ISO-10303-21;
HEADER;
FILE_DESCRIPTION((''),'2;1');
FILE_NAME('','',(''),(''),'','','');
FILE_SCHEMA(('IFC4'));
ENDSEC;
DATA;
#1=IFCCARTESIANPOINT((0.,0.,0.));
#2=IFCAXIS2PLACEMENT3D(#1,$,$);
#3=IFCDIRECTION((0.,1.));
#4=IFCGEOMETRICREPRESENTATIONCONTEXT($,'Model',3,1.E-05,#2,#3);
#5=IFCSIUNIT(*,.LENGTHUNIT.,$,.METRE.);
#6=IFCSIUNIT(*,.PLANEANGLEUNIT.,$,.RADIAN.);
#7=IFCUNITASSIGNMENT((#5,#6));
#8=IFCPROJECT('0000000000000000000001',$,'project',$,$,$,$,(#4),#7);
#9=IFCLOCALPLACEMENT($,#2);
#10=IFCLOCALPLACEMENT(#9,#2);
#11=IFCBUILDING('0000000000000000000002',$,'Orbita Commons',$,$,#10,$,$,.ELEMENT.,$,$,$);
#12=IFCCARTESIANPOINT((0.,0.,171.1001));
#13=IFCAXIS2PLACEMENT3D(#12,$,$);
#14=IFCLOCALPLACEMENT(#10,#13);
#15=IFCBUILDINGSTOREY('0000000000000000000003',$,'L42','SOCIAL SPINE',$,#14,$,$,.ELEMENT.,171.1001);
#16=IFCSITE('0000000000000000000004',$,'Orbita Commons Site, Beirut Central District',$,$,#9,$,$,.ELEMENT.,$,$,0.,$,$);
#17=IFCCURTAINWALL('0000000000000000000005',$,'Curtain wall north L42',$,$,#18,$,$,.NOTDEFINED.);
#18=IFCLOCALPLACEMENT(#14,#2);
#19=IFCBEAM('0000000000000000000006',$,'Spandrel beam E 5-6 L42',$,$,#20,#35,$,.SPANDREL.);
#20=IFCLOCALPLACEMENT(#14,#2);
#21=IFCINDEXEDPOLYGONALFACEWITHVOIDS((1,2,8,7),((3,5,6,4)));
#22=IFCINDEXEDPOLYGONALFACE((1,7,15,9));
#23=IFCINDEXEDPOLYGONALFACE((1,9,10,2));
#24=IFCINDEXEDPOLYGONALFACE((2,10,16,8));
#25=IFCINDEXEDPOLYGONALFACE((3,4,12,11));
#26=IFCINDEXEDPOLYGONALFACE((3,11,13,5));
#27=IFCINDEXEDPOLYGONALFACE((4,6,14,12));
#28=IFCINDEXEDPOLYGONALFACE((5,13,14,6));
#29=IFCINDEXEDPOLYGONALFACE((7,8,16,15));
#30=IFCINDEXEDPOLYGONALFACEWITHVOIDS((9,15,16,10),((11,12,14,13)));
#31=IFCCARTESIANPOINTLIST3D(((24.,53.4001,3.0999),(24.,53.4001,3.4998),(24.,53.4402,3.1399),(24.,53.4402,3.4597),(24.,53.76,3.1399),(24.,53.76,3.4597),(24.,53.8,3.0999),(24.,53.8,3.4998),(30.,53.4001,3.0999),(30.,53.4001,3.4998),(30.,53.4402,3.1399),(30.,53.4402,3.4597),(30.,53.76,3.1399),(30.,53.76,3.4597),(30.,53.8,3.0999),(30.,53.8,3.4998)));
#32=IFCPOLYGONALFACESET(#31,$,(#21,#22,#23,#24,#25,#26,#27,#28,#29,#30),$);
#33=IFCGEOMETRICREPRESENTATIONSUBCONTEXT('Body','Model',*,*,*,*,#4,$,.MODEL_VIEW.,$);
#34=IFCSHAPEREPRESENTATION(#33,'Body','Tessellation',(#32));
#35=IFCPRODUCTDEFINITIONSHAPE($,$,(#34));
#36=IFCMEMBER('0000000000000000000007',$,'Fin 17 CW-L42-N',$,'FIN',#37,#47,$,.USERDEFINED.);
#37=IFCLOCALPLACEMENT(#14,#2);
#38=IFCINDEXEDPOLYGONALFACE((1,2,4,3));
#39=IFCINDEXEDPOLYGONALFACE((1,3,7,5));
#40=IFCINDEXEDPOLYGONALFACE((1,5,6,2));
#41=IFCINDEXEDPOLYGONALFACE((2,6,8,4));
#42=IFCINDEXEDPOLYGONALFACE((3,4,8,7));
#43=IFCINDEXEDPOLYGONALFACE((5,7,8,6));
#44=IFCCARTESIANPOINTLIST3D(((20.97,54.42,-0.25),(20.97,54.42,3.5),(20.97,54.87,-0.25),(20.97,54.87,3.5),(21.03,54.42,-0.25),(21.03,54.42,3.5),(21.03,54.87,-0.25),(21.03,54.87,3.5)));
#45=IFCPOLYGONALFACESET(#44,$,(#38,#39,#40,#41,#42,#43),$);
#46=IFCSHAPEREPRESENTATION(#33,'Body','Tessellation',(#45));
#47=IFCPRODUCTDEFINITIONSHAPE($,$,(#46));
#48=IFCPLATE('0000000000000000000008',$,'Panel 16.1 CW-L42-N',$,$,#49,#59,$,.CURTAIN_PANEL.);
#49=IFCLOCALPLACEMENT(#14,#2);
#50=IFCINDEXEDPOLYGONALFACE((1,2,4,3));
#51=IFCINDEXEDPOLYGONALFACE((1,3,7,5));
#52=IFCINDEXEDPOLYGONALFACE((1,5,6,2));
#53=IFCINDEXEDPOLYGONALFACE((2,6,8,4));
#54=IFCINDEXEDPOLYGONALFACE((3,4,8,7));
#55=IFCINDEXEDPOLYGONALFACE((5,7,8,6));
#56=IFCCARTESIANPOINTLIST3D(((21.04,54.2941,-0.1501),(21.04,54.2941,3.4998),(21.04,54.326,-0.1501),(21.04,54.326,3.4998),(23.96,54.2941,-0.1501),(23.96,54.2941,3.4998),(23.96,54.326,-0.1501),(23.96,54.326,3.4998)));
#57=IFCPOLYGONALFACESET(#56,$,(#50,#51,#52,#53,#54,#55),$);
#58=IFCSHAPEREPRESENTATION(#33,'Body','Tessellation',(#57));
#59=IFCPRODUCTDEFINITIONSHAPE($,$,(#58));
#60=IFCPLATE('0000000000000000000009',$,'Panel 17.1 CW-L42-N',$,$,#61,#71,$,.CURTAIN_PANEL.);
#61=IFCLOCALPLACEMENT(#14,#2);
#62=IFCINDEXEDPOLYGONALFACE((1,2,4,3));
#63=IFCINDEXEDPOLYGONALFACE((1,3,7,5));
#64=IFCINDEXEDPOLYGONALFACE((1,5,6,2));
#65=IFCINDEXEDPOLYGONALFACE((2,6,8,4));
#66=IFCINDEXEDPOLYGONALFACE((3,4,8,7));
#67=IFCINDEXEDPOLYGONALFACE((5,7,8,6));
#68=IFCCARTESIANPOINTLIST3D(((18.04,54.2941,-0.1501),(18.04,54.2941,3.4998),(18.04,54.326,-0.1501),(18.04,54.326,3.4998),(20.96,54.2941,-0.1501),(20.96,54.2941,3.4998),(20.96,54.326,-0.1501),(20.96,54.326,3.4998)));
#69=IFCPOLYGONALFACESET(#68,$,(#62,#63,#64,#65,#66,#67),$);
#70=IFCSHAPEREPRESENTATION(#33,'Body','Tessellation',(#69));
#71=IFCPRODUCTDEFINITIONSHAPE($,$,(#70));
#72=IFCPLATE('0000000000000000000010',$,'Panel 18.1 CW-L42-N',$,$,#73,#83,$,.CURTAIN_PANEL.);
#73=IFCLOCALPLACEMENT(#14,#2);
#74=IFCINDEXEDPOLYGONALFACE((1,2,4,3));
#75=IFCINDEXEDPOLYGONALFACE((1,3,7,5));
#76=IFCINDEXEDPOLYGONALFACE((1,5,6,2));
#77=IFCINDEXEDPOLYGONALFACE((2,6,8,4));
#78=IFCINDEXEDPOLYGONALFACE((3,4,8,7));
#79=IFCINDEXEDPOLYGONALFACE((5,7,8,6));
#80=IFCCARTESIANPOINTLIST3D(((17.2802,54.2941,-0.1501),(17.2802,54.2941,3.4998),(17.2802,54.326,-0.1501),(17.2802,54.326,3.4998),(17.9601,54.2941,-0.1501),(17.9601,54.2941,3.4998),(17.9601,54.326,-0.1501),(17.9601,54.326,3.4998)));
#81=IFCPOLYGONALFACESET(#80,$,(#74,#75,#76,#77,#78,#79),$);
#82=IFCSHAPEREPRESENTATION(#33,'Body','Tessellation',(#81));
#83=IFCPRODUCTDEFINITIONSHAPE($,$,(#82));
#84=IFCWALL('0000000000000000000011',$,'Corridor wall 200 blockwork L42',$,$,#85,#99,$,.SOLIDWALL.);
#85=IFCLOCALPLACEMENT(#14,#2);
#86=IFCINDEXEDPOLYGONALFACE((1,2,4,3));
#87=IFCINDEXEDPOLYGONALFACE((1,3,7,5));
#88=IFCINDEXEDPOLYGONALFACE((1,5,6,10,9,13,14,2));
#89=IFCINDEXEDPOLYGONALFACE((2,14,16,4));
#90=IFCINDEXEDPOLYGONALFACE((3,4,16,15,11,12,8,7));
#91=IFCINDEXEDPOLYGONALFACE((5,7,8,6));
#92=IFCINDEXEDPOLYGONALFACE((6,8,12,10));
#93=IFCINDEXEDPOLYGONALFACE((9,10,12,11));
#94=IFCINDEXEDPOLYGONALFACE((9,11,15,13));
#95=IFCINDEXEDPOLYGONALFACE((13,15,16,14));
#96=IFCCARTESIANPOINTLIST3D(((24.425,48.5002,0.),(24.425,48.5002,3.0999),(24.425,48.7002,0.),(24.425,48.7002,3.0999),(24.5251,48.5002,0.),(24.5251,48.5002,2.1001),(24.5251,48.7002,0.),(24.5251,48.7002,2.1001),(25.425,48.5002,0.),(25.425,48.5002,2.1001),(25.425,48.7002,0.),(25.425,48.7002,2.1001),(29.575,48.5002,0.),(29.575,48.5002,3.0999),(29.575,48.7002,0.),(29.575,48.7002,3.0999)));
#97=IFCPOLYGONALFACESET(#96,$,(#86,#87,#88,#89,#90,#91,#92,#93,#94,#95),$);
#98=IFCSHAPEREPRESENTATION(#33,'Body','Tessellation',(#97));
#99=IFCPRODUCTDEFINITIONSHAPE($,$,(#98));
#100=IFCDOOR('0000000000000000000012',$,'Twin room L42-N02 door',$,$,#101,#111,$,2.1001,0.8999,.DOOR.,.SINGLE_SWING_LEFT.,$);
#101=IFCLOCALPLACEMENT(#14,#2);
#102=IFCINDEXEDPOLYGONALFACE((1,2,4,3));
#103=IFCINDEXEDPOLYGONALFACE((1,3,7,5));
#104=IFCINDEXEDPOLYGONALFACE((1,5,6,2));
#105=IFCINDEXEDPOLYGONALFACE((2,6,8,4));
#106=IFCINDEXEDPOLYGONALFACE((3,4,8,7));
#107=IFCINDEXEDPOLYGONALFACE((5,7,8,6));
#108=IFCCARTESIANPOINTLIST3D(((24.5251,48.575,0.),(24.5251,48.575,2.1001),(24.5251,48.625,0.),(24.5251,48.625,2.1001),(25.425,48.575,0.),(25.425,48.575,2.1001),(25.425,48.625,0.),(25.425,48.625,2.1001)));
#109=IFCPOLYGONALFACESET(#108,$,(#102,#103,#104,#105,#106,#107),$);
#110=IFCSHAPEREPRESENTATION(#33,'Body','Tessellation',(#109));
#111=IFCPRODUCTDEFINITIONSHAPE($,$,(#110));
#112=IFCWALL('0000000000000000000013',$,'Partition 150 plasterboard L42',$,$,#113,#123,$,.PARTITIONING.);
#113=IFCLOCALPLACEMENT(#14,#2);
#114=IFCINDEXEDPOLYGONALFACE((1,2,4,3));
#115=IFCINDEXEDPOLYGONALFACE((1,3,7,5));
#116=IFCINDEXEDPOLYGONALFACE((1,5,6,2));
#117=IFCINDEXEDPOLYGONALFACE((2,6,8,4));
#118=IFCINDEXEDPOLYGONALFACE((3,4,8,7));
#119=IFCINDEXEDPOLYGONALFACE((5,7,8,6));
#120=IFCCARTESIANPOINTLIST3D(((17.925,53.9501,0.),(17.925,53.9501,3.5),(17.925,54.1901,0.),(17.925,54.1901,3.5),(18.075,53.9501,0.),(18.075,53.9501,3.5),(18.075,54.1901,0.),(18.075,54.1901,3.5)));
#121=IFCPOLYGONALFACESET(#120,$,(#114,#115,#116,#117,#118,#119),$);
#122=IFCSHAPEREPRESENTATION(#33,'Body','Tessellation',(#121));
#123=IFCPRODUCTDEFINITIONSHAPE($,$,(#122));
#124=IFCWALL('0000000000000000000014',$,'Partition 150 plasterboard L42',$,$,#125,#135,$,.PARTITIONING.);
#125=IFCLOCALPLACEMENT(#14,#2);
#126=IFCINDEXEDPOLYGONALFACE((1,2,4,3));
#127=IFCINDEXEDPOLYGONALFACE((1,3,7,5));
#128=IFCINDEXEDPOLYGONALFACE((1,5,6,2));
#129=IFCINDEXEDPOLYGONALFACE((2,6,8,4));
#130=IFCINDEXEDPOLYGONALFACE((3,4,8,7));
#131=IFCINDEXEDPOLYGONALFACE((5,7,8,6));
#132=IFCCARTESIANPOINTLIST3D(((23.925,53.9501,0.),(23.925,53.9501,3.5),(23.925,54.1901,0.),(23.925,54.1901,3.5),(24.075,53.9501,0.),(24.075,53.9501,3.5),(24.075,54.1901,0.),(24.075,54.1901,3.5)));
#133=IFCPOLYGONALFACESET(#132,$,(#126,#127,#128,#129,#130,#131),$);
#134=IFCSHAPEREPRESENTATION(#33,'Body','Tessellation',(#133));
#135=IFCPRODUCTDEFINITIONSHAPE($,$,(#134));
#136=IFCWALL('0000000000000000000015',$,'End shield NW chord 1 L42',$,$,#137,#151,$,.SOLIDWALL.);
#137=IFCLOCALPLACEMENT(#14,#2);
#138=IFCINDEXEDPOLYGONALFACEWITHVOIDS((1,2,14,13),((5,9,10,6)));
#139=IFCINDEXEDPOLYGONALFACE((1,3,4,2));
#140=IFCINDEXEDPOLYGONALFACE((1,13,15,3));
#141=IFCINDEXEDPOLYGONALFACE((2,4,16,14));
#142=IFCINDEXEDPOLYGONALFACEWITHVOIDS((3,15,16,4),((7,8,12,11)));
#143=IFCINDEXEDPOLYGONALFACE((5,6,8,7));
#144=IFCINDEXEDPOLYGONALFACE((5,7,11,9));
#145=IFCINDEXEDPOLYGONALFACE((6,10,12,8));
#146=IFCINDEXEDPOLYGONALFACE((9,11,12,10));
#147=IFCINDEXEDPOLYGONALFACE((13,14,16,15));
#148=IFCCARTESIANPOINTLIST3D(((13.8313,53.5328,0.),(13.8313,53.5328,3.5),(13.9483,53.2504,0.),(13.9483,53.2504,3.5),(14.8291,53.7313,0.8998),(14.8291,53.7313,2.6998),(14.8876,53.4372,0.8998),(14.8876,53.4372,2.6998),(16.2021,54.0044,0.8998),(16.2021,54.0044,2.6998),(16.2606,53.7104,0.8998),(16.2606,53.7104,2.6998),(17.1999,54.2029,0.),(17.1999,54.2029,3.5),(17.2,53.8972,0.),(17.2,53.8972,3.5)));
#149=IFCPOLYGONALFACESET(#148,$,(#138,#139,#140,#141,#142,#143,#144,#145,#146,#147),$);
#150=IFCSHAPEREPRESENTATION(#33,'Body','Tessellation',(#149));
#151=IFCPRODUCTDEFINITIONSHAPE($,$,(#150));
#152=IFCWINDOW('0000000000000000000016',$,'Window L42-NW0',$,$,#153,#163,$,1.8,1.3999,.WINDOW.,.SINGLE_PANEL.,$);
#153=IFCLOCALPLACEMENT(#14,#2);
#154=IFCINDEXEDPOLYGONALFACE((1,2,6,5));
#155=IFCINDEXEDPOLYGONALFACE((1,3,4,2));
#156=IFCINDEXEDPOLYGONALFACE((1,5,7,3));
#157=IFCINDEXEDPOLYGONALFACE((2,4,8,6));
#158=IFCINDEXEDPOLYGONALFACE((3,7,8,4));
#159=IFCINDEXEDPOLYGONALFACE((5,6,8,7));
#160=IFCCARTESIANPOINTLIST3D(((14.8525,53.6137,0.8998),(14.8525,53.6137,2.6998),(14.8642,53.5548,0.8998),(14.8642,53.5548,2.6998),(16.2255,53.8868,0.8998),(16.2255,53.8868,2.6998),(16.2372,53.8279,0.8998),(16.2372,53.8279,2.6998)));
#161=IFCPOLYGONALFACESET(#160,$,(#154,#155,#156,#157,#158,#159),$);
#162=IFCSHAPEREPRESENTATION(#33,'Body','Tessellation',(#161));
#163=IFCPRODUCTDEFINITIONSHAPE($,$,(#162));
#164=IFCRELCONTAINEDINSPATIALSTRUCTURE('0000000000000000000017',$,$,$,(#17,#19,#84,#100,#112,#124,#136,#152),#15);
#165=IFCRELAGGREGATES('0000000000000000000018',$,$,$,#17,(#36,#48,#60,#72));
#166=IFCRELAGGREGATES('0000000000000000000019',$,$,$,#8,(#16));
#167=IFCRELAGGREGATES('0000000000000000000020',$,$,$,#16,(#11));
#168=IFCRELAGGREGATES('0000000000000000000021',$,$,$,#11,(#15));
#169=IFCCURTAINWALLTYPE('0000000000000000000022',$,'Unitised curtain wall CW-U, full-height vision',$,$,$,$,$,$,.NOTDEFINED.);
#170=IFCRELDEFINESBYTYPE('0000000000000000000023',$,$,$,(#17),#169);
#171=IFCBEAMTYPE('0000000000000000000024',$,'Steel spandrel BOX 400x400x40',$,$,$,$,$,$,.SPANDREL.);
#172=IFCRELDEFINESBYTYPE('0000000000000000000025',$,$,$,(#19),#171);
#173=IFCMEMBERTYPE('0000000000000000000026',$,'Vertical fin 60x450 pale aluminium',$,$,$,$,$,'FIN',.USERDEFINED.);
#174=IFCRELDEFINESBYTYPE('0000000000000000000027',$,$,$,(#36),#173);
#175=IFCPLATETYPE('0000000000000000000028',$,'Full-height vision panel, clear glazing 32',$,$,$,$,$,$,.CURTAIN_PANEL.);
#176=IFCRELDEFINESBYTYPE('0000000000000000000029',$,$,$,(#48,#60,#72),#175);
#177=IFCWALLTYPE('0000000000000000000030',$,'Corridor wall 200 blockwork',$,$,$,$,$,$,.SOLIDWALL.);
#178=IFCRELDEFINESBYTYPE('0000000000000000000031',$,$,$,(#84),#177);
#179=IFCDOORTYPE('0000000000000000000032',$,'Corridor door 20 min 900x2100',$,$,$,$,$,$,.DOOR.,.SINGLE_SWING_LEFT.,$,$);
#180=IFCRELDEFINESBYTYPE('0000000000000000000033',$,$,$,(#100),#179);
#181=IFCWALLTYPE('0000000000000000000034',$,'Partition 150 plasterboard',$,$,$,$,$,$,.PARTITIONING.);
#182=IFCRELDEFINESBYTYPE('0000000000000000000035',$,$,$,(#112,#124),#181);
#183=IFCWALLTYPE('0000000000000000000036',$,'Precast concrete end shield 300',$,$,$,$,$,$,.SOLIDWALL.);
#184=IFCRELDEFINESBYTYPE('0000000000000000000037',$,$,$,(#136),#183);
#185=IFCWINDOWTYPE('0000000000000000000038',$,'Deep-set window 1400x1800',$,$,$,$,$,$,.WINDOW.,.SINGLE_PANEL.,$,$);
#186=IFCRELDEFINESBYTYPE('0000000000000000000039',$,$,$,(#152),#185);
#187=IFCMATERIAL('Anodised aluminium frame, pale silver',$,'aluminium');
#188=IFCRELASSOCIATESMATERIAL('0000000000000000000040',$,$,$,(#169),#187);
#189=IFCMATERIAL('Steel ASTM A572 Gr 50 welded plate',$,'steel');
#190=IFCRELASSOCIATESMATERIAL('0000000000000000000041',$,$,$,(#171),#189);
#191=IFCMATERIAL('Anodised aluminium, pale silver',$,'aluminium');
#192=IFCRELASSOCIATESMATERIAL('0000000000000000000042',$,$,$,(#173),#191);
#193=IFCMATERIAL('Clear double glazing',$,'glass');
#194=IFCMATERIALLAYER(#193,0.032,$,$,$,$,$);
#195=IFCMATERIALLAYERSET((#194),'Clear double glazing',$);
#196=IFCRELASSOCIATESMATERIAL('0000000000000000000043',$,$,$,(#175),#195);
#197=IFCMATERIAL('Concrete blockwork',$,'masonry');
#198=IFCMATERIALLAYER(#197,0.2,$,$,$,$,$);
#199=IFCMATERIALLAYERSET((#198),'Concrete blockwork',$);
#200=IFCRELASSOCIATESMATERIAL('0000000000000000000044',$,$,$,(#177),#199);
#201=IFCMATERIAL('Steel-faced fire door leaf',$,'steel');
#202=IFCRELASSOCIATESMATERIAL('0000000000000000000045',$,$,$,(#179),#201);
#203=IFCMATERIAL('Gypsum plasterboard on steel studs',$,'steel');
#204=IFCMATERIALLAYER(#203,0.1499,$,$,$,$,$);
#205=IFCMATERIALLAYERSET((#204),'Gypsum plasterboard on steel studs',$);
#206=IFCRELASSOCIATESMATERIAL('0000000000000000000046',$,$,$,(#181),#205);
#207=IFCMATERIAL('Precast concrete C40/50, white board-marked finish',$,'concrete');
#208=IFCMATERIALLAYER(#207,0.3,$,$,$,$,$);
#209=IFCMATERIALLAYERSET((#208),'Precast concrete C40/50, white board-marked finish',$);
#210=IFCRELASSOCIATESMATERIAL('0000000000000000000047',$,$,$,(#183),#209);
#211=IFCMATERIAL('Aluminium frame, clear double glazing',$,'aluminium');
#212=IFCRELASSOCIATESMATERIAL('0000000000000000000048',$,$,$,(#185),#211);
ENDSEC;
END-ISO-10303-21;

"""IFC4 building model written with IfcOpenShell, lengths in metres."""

from ifc_helpers import new_model, si_unit, direction, frame, frame_2d, origin, origin_2d, place, context, subcontext, project, spatial, polyline, rectangle, hollow_rectangle, outline, extrude, material, layer, layer_set, material_profile, profile_set, type_object, element, fill, aggregate, save


model = new_model("IFC4")

# Units and contexts
model_context = context("Model", 3, precision=1e-05, world=origin(), true_north=direction((0.0, 1.0)))
body_context = subcontext(model_context, "Body", "Model", "MODEL_VIEW")
ifc_project = project(units=[si_unit("LENGTHUNIT", "METRE"), si_unit("PLANEANGLEUNIT", "RADIAN")], contexts=[model_context])

# Site, building, storey
site_placement = place(None, origin())
site = spatial("IfcSite", under=ifc_project, at=site_placement, Name="Orbita Commons Site, Beirut Central District", CompositionType="ELEMENT", RefElevation=0.0)
building_placement = place(site_placement, origin())
building = spatial("IfcBuilding", under=site, at=building_placement, Name="Orbita Commons", CompositionType="ELEMENT")
storey_placement = place(building_placement, frame((0.0, 0.0, 171.1001)))
storey = spatial("IfcBuildingStorey", under=building, at=storey_placement, Name="L42", Description="SOCIAL SPINE", CompositionType="ELEMENT", Elevation=171.1001)

# Curtain wall
ifc_material_1 = material(Name="Anodised aluminium frame, pale silver", Category="aluminium")
curtain_wall_type = type_object("IfcCurtainWallType", Name="Unitised curtain wall CW-U, full-height vision", PredefinedType="NOTDEFINED", material=ifc_material_1)
curtain_wall_placement = place(storey_placement, origin())
curtain_wall = element("IfcCurtainWall", 1, at=curtain_wall_placement, inside=storey, type_object=curtain_wall_type, Name="Curtain wall north L42", PredefinedType="NOTDEFINED")

# Beam
ifc_material_2 = material(Name="Steel ASTM A572 Gr 50 welded plate", Category="steel")
ifc_material_profile_1 = material_profile(ifc_material_2, hollow_rectangle(XDim=0.3999, YDim=0.3999, WallThickness=0.04, at=origin_2d()), Name="BOX 400x400x40")
ifc_profile_set_1 = profile_set([ifc_material_profile_1], Name="Steel ASTM A572 Gr 50 welded plate")
beam_type_1 = type_object("IfcBeamType", Name="Steel spandrel BOX 400x400x40", PredefinedType="SPANDREL", material=ifc_profile_set_1)
for number, where, z_axis, x_axis, name in (
    (2, (24.0, 53.6001, 3.2998), (1.0, 0.0, 0.0), (0.0, 1.0, 0.0), "Spandrel beam E 5-6 L42"),
):
    element("IfcBeam", number, at=place(storey_placement, frame(where, z_axis=z_axis, x_axis=x_axis)), inside=storey, type_object=beam_type_1, Name=name, PredefinedType="SPANDREL", context=body_context, shape_type="SweptSolid", body=[
        extrude(hollow_rectangle(XDim=0.3999, YDim=0.3999, WallThickness=0.04, at=origin_2d()), origin(), (0.0, 0.0, 1.0), 6.0),
    ])

# Member
ifc_material_3 = material(Name="Anodised aluminium, pale silver", Category="aluminium")
ifc_material_profile_2 = material_profile(ifc_material_3, rectangle(XDim=0.0601, YDim=0.45, at=origin_2d()), Name="FIN 60x450")
ifc_profile_set_2 = profile_set([ifc_material_profile_2], Name="Anodised aluminium, pale silver")
member_type_1 = type_object("IfcMemberType", Name="Vertical fin 60x450 pale aluminium", ElementType="FIN", PredefinedType="USERDEFINED", material=ifc_profile_set_2)
member_1_placement = place(storey_placement, frame((21.0, 54.645, -0.25), z_axis=(0.0, 0.0, 1.0), x_axis=(-1.0, 0.0, 0.0)))
member_1 = element("IfcMember", 3, at=member_1_placement, type_object=member_type_1, Name="Fin 17 CW-L42-N", ObjectType="FIN", PredefinedType="USERDEFINED", context=body_context, shape_type="SweptSolid", body=[
    extrude(rectangle(XDim=0.0601, YDim=0.45, at=origin_2d()), origin(), (0.0, 0.0, 1.0), 3.75),
])

# Plates
ifc_material_4 = material(Name="Clear double glazing", Category="glass")
ifc_layer_1 = layer(ifc_material_4, 0.032)
ifc_layer_set_1 = layer_set([ifc_layer_1], Name="Clear double glazing")
plate_type = type_object("IfcPlateType", Name="Full-height vision panel, clear glazing 32", PredefinedType="CURTAIN_PANEL", material=ifc_layer_set_1)
plate_1_placement = place(storey_placement, frame((22.5, 54.3101, -0.1501), z_axis=(0.0, 0.0, 1.0), x_axis=(-1.0, 0.0, 0.0)))
plate_1 = element("IfcPlate", 4, at=plate_1_placement, type_object=plate_type, Name="Panel 16.1 CW-L42-N", PredefinedType="CURTAIN_PANEL", context=body_context, shape_type="SweptSolid", body=[
    extrude(rectangle(XDim=2.9199, YDim=0.032, at=origin_2d()), origin(), (0.0, 0.0, 1.0), 3.6499),
])
plate_2_placement = place(storey_placement, frame((19.5, 54.3101, -0.1501), z_axis=(0.0, 0.0, 1.0), x_axis=(-1.0, 0.0, 0.0)))
plate_2 = element("IfcPlate", 5, at=plate_2_placement, type_object=plate_type, Name="Panel 17.1 CW-L42-N", PredefinedType="CURTAIN_PANEL", context=body_context, shape_type="SweptSolid", body=[
    extrude(rectangle(XDim=2.9199, YDim=0.032, at=origin_2d()), origin(), (0.0, 0.0, 1.0), 3.6499),
])
plate_3_placement = place(storey_placement, frame((17.6201, 54.3101, -0.1501), z_axis=(0.0, 0.0, 1.0), x_axis=(-1.0, 0.0, 0.0)))
plate_3 = element("IfcPlate", 6, at=plate_3_placement, type_object=plate_type, Name="Panel 18.1 CW-L42-N", PredefinedType="CURTAIN_PANEL", context=body_context, shape_type="SweptSolid", body=[
    extrude(rectangle(XDim=0.6799, YDim=0.032, at=origin_2d()), origin(), (0.0, 0.0, 1.0), 3.6499),
])
aggregate(curtain_wall, [member_1, plate_1, plate_2, plate_3])

# Wall, opening, door
ifc_material_5 = material(Name="Concrete blockwork", Category="masonry")
ifc_layer_2 = layer(ifc_material_5, 0.2)
ifc_layer_set_2 = layer_set([ifc_layer_2], Name="Concrete blockwork")
wall_type_1 = type_object("IfcWallType", Name="Corridor wall 200 blockwork", PredefinedType="SOLIDWALL", material=ifc_layer_set_2)
wall_1_placement = place(storey_placement, frame((24.425, 48.6001, 0.0), z_axis=(0.0, 0.0, 1.0), x_axis=(1.0, 0.0, 0.0)))
wall_1 = element("IfcWall", 7, at=wall_1_placement, inside=storey, type_object=wall_type_1, Name="Corridor wall 200 blockwork L42", PredefinedType="SOLIDWALL", context=body_context, shape_type="SweptSolid", body=[
    extrude(outline(polyline([(0.0, 0.0), (5.1499, 0.0), (5.1499, 3.0999), (0.0, 3.0999), (0.0, 0.0)])), frame((0.0, 0.1001, 0.0), z_axis=(0.0, -1.0, 0.0), x_axis=(1.0, 0.0, 0.0)), (0.0, 0.0, 1.0), 0.2),
])
opening_1_placement = place(wall_1_placement, frame((0.1001, 0.0, 0.0)))
opening_1 = element("IfcOpeningElement", 8, at=opening_1_placement, cuts=wall_1, PredefinedType="OPENING", context=body_context, shape_type="SweptSolid", body=[
    extrude(rectangle(XDim=0.8999, YDim=2.1001, at=frame_2d((0.45, 1.05))), frame((0.0, 0.1099, 0.0), z_axis=(0.0, -1.0, 0.0), x_axis=(1.0, 0.0, 0.0)), (0.0, 0.0, 1.0), 0.22),
])
ifc_material_6 = material(Name="Steel-faced fire door leaf", Category="steel")
door_type = type_object("IfcDoorType", Name="Corridor door 20 min 900x2100", OperationType="SINGLE_SWING_LEFT", PredefinedType="DOOR", material=ifc_material_6)
door_placement = place(opening_1_placement, origin())
door = element("IfcDoor", 9, at=door_placement, inside=storey, type_object=door_type, Name="Twin room L42-N02 door", OperationType="SINGLE_SWING_LEFT", OverallHeight=2.1001, OverallWidth=0.8999, PredefinedType="DOOR", context=body_context, shape_type="SweptSolid", body=[
    extrude(rectangle(XDim=0.8999, YDim=2.1001, at=frame_2d((0.45, 1.05))), frame((0.0, 0.0249, 0.0), z_axis=(0.0, -1.0, 0.0), x_axis=(1.0, 0.0, 0.0)), (0.0, 0.0, 1.0), 0.05),
])
fill(opening_1, door)

# Walls
ifc_material_7 = material(Name="Gypsum plasterboard on steel studs", Category="steel")
ifc_layer_3 = layer(ifc_material_7, 0.1499)
ifc_layer_set_3 = layer_set([ifc_layer_3], Name="Gypsum plasterboard on steel studs")
wall_type_2 = type_object("IfcWallType", Name="Partition 150 plasterboard", PredefinedType="PARTITIONING", material=ifc_layer_set_3)
for number, where, z_axis, x_axis, name in (
    (10, (18.0, 53.95, 0.0), (0.0, 0.0, 1.0), (0.0, 1.0, 0.0), "Partition 150 plasterboard L42"),
    (11, (24.0, 53.95, 0.0), (0.0, 0.0, 1.0), (0.0, 1.0, 0.0), "Partition 150 plasterboard L42"),
):
    element("IfcWall", number, at=place(storey_placement, frame(where, z_axis=z_axis, x_axis=x_axis)), inside=storey, type_object=wall_type_2, Name=name, PredefinedType="PARTITIONING", context=body_context, shape_type="SweptSolid", body=[
        extrude(rectangle(XDim=0.24, YDim=0.1499, at=frame_2d((0.1201, 0.0))), origin(), (0.0, 0.0, 1.0), 3.5),
    ])

# Wall, opening, window
ifc_material_8 = material(Name="Precast concrete C40/50, white board-marked finish", Category="concrete")
ifc_layer_4 = layer(ifc_material_8, 0.3)
ifc_layer_set_4 = layer_set([ifc_layer_4], Name="Precast concrete C40/50, white board-marked finish")
wall_type_3 = type_object("IfcWallType", Name="Precast concrete end shield 300", PredefinedType="SOLIDWALL", material=ifc_layer_set_4)
wall_2_placement = place(storey_placement, frame((17.2, 54.05, 0.0), z_axis=(0.0, 0.0, 1.0), x_axis=(-0.980783, -0.1951, 0.0)))
wall_2 = element("IfcWall", 12, at=wall_2_placement, inside=storey, type_object=wall_type_3, Name="End shield NW chord 1 L42", PredefinedType="SOLIDWALL", context=body_context, shape_type="SweptSolid", body=[
    extrude(outline(polyline([(-0.0298, -0.1499), (3.4048, -0.1499), (3.3452, 0.1499), (0.0298, 0.1499), (-0.0298, -0.1499)])), origin(), (0.0, 0.0, 1.0), 3.5),
])
opening_2_placement = place(wall_2_placement, frame((0.9875, 0.0, 0.8999)))
opening_2 = element("IfcOpeningElement", 13, at=opening_2_placement, cuts=wall_2, PredefinedType="OPENING", context=body_context, shape_type="SweptSolid", body=[
    extrude(rectangle(XDim=1.3999, YDim=1.8, at=frame_2d((0.7, 0.8999))), frame((0.0, 0.1599, 0.0), z_axis=(0.0, -1.0, 0.0), x_axis=(1.0, 0.0, 0.0)), (0.0, 0.0, 1.0), 0.3201),
])
ifc_material_9 = material(Name="Aluminium frame, clear double glazing", Category="aluminium")
window_type = type_object("IfcWindowType", Name="Deep-set window 1400x1800", PartitioningType="SINGLE_PANEL", PredefinedType="WINDOW", material=ifc_material_9)
window_1_placement = place(opening_2_placement, origin())
window_1 = element("IfcWindow", 14, at=window_1_placement, inside=storey, type_object=window_type, Name="Window L42-NW0", OverallHeight=1.8, OverallWidth=1.3999, PartitioningType="SINGLE_PANEL", PredefinedType="WINDOW", context=body_context, shape_type="SweptSolid", body=[
    extrude(rectangle(XDim=1.3999, YDim=1.8, at=frame_2d((0.7, 0.8999))), frame((0.0, 0.03, 0.0), z_axis=(0.0, -1.0, 0.0), x_axis=(1.0, 0.0, 0.0)), (0.0, 0.0, 1.0), 0.0601),
])
fill(opening_2, window_1)

save(model, "model.ifc")
